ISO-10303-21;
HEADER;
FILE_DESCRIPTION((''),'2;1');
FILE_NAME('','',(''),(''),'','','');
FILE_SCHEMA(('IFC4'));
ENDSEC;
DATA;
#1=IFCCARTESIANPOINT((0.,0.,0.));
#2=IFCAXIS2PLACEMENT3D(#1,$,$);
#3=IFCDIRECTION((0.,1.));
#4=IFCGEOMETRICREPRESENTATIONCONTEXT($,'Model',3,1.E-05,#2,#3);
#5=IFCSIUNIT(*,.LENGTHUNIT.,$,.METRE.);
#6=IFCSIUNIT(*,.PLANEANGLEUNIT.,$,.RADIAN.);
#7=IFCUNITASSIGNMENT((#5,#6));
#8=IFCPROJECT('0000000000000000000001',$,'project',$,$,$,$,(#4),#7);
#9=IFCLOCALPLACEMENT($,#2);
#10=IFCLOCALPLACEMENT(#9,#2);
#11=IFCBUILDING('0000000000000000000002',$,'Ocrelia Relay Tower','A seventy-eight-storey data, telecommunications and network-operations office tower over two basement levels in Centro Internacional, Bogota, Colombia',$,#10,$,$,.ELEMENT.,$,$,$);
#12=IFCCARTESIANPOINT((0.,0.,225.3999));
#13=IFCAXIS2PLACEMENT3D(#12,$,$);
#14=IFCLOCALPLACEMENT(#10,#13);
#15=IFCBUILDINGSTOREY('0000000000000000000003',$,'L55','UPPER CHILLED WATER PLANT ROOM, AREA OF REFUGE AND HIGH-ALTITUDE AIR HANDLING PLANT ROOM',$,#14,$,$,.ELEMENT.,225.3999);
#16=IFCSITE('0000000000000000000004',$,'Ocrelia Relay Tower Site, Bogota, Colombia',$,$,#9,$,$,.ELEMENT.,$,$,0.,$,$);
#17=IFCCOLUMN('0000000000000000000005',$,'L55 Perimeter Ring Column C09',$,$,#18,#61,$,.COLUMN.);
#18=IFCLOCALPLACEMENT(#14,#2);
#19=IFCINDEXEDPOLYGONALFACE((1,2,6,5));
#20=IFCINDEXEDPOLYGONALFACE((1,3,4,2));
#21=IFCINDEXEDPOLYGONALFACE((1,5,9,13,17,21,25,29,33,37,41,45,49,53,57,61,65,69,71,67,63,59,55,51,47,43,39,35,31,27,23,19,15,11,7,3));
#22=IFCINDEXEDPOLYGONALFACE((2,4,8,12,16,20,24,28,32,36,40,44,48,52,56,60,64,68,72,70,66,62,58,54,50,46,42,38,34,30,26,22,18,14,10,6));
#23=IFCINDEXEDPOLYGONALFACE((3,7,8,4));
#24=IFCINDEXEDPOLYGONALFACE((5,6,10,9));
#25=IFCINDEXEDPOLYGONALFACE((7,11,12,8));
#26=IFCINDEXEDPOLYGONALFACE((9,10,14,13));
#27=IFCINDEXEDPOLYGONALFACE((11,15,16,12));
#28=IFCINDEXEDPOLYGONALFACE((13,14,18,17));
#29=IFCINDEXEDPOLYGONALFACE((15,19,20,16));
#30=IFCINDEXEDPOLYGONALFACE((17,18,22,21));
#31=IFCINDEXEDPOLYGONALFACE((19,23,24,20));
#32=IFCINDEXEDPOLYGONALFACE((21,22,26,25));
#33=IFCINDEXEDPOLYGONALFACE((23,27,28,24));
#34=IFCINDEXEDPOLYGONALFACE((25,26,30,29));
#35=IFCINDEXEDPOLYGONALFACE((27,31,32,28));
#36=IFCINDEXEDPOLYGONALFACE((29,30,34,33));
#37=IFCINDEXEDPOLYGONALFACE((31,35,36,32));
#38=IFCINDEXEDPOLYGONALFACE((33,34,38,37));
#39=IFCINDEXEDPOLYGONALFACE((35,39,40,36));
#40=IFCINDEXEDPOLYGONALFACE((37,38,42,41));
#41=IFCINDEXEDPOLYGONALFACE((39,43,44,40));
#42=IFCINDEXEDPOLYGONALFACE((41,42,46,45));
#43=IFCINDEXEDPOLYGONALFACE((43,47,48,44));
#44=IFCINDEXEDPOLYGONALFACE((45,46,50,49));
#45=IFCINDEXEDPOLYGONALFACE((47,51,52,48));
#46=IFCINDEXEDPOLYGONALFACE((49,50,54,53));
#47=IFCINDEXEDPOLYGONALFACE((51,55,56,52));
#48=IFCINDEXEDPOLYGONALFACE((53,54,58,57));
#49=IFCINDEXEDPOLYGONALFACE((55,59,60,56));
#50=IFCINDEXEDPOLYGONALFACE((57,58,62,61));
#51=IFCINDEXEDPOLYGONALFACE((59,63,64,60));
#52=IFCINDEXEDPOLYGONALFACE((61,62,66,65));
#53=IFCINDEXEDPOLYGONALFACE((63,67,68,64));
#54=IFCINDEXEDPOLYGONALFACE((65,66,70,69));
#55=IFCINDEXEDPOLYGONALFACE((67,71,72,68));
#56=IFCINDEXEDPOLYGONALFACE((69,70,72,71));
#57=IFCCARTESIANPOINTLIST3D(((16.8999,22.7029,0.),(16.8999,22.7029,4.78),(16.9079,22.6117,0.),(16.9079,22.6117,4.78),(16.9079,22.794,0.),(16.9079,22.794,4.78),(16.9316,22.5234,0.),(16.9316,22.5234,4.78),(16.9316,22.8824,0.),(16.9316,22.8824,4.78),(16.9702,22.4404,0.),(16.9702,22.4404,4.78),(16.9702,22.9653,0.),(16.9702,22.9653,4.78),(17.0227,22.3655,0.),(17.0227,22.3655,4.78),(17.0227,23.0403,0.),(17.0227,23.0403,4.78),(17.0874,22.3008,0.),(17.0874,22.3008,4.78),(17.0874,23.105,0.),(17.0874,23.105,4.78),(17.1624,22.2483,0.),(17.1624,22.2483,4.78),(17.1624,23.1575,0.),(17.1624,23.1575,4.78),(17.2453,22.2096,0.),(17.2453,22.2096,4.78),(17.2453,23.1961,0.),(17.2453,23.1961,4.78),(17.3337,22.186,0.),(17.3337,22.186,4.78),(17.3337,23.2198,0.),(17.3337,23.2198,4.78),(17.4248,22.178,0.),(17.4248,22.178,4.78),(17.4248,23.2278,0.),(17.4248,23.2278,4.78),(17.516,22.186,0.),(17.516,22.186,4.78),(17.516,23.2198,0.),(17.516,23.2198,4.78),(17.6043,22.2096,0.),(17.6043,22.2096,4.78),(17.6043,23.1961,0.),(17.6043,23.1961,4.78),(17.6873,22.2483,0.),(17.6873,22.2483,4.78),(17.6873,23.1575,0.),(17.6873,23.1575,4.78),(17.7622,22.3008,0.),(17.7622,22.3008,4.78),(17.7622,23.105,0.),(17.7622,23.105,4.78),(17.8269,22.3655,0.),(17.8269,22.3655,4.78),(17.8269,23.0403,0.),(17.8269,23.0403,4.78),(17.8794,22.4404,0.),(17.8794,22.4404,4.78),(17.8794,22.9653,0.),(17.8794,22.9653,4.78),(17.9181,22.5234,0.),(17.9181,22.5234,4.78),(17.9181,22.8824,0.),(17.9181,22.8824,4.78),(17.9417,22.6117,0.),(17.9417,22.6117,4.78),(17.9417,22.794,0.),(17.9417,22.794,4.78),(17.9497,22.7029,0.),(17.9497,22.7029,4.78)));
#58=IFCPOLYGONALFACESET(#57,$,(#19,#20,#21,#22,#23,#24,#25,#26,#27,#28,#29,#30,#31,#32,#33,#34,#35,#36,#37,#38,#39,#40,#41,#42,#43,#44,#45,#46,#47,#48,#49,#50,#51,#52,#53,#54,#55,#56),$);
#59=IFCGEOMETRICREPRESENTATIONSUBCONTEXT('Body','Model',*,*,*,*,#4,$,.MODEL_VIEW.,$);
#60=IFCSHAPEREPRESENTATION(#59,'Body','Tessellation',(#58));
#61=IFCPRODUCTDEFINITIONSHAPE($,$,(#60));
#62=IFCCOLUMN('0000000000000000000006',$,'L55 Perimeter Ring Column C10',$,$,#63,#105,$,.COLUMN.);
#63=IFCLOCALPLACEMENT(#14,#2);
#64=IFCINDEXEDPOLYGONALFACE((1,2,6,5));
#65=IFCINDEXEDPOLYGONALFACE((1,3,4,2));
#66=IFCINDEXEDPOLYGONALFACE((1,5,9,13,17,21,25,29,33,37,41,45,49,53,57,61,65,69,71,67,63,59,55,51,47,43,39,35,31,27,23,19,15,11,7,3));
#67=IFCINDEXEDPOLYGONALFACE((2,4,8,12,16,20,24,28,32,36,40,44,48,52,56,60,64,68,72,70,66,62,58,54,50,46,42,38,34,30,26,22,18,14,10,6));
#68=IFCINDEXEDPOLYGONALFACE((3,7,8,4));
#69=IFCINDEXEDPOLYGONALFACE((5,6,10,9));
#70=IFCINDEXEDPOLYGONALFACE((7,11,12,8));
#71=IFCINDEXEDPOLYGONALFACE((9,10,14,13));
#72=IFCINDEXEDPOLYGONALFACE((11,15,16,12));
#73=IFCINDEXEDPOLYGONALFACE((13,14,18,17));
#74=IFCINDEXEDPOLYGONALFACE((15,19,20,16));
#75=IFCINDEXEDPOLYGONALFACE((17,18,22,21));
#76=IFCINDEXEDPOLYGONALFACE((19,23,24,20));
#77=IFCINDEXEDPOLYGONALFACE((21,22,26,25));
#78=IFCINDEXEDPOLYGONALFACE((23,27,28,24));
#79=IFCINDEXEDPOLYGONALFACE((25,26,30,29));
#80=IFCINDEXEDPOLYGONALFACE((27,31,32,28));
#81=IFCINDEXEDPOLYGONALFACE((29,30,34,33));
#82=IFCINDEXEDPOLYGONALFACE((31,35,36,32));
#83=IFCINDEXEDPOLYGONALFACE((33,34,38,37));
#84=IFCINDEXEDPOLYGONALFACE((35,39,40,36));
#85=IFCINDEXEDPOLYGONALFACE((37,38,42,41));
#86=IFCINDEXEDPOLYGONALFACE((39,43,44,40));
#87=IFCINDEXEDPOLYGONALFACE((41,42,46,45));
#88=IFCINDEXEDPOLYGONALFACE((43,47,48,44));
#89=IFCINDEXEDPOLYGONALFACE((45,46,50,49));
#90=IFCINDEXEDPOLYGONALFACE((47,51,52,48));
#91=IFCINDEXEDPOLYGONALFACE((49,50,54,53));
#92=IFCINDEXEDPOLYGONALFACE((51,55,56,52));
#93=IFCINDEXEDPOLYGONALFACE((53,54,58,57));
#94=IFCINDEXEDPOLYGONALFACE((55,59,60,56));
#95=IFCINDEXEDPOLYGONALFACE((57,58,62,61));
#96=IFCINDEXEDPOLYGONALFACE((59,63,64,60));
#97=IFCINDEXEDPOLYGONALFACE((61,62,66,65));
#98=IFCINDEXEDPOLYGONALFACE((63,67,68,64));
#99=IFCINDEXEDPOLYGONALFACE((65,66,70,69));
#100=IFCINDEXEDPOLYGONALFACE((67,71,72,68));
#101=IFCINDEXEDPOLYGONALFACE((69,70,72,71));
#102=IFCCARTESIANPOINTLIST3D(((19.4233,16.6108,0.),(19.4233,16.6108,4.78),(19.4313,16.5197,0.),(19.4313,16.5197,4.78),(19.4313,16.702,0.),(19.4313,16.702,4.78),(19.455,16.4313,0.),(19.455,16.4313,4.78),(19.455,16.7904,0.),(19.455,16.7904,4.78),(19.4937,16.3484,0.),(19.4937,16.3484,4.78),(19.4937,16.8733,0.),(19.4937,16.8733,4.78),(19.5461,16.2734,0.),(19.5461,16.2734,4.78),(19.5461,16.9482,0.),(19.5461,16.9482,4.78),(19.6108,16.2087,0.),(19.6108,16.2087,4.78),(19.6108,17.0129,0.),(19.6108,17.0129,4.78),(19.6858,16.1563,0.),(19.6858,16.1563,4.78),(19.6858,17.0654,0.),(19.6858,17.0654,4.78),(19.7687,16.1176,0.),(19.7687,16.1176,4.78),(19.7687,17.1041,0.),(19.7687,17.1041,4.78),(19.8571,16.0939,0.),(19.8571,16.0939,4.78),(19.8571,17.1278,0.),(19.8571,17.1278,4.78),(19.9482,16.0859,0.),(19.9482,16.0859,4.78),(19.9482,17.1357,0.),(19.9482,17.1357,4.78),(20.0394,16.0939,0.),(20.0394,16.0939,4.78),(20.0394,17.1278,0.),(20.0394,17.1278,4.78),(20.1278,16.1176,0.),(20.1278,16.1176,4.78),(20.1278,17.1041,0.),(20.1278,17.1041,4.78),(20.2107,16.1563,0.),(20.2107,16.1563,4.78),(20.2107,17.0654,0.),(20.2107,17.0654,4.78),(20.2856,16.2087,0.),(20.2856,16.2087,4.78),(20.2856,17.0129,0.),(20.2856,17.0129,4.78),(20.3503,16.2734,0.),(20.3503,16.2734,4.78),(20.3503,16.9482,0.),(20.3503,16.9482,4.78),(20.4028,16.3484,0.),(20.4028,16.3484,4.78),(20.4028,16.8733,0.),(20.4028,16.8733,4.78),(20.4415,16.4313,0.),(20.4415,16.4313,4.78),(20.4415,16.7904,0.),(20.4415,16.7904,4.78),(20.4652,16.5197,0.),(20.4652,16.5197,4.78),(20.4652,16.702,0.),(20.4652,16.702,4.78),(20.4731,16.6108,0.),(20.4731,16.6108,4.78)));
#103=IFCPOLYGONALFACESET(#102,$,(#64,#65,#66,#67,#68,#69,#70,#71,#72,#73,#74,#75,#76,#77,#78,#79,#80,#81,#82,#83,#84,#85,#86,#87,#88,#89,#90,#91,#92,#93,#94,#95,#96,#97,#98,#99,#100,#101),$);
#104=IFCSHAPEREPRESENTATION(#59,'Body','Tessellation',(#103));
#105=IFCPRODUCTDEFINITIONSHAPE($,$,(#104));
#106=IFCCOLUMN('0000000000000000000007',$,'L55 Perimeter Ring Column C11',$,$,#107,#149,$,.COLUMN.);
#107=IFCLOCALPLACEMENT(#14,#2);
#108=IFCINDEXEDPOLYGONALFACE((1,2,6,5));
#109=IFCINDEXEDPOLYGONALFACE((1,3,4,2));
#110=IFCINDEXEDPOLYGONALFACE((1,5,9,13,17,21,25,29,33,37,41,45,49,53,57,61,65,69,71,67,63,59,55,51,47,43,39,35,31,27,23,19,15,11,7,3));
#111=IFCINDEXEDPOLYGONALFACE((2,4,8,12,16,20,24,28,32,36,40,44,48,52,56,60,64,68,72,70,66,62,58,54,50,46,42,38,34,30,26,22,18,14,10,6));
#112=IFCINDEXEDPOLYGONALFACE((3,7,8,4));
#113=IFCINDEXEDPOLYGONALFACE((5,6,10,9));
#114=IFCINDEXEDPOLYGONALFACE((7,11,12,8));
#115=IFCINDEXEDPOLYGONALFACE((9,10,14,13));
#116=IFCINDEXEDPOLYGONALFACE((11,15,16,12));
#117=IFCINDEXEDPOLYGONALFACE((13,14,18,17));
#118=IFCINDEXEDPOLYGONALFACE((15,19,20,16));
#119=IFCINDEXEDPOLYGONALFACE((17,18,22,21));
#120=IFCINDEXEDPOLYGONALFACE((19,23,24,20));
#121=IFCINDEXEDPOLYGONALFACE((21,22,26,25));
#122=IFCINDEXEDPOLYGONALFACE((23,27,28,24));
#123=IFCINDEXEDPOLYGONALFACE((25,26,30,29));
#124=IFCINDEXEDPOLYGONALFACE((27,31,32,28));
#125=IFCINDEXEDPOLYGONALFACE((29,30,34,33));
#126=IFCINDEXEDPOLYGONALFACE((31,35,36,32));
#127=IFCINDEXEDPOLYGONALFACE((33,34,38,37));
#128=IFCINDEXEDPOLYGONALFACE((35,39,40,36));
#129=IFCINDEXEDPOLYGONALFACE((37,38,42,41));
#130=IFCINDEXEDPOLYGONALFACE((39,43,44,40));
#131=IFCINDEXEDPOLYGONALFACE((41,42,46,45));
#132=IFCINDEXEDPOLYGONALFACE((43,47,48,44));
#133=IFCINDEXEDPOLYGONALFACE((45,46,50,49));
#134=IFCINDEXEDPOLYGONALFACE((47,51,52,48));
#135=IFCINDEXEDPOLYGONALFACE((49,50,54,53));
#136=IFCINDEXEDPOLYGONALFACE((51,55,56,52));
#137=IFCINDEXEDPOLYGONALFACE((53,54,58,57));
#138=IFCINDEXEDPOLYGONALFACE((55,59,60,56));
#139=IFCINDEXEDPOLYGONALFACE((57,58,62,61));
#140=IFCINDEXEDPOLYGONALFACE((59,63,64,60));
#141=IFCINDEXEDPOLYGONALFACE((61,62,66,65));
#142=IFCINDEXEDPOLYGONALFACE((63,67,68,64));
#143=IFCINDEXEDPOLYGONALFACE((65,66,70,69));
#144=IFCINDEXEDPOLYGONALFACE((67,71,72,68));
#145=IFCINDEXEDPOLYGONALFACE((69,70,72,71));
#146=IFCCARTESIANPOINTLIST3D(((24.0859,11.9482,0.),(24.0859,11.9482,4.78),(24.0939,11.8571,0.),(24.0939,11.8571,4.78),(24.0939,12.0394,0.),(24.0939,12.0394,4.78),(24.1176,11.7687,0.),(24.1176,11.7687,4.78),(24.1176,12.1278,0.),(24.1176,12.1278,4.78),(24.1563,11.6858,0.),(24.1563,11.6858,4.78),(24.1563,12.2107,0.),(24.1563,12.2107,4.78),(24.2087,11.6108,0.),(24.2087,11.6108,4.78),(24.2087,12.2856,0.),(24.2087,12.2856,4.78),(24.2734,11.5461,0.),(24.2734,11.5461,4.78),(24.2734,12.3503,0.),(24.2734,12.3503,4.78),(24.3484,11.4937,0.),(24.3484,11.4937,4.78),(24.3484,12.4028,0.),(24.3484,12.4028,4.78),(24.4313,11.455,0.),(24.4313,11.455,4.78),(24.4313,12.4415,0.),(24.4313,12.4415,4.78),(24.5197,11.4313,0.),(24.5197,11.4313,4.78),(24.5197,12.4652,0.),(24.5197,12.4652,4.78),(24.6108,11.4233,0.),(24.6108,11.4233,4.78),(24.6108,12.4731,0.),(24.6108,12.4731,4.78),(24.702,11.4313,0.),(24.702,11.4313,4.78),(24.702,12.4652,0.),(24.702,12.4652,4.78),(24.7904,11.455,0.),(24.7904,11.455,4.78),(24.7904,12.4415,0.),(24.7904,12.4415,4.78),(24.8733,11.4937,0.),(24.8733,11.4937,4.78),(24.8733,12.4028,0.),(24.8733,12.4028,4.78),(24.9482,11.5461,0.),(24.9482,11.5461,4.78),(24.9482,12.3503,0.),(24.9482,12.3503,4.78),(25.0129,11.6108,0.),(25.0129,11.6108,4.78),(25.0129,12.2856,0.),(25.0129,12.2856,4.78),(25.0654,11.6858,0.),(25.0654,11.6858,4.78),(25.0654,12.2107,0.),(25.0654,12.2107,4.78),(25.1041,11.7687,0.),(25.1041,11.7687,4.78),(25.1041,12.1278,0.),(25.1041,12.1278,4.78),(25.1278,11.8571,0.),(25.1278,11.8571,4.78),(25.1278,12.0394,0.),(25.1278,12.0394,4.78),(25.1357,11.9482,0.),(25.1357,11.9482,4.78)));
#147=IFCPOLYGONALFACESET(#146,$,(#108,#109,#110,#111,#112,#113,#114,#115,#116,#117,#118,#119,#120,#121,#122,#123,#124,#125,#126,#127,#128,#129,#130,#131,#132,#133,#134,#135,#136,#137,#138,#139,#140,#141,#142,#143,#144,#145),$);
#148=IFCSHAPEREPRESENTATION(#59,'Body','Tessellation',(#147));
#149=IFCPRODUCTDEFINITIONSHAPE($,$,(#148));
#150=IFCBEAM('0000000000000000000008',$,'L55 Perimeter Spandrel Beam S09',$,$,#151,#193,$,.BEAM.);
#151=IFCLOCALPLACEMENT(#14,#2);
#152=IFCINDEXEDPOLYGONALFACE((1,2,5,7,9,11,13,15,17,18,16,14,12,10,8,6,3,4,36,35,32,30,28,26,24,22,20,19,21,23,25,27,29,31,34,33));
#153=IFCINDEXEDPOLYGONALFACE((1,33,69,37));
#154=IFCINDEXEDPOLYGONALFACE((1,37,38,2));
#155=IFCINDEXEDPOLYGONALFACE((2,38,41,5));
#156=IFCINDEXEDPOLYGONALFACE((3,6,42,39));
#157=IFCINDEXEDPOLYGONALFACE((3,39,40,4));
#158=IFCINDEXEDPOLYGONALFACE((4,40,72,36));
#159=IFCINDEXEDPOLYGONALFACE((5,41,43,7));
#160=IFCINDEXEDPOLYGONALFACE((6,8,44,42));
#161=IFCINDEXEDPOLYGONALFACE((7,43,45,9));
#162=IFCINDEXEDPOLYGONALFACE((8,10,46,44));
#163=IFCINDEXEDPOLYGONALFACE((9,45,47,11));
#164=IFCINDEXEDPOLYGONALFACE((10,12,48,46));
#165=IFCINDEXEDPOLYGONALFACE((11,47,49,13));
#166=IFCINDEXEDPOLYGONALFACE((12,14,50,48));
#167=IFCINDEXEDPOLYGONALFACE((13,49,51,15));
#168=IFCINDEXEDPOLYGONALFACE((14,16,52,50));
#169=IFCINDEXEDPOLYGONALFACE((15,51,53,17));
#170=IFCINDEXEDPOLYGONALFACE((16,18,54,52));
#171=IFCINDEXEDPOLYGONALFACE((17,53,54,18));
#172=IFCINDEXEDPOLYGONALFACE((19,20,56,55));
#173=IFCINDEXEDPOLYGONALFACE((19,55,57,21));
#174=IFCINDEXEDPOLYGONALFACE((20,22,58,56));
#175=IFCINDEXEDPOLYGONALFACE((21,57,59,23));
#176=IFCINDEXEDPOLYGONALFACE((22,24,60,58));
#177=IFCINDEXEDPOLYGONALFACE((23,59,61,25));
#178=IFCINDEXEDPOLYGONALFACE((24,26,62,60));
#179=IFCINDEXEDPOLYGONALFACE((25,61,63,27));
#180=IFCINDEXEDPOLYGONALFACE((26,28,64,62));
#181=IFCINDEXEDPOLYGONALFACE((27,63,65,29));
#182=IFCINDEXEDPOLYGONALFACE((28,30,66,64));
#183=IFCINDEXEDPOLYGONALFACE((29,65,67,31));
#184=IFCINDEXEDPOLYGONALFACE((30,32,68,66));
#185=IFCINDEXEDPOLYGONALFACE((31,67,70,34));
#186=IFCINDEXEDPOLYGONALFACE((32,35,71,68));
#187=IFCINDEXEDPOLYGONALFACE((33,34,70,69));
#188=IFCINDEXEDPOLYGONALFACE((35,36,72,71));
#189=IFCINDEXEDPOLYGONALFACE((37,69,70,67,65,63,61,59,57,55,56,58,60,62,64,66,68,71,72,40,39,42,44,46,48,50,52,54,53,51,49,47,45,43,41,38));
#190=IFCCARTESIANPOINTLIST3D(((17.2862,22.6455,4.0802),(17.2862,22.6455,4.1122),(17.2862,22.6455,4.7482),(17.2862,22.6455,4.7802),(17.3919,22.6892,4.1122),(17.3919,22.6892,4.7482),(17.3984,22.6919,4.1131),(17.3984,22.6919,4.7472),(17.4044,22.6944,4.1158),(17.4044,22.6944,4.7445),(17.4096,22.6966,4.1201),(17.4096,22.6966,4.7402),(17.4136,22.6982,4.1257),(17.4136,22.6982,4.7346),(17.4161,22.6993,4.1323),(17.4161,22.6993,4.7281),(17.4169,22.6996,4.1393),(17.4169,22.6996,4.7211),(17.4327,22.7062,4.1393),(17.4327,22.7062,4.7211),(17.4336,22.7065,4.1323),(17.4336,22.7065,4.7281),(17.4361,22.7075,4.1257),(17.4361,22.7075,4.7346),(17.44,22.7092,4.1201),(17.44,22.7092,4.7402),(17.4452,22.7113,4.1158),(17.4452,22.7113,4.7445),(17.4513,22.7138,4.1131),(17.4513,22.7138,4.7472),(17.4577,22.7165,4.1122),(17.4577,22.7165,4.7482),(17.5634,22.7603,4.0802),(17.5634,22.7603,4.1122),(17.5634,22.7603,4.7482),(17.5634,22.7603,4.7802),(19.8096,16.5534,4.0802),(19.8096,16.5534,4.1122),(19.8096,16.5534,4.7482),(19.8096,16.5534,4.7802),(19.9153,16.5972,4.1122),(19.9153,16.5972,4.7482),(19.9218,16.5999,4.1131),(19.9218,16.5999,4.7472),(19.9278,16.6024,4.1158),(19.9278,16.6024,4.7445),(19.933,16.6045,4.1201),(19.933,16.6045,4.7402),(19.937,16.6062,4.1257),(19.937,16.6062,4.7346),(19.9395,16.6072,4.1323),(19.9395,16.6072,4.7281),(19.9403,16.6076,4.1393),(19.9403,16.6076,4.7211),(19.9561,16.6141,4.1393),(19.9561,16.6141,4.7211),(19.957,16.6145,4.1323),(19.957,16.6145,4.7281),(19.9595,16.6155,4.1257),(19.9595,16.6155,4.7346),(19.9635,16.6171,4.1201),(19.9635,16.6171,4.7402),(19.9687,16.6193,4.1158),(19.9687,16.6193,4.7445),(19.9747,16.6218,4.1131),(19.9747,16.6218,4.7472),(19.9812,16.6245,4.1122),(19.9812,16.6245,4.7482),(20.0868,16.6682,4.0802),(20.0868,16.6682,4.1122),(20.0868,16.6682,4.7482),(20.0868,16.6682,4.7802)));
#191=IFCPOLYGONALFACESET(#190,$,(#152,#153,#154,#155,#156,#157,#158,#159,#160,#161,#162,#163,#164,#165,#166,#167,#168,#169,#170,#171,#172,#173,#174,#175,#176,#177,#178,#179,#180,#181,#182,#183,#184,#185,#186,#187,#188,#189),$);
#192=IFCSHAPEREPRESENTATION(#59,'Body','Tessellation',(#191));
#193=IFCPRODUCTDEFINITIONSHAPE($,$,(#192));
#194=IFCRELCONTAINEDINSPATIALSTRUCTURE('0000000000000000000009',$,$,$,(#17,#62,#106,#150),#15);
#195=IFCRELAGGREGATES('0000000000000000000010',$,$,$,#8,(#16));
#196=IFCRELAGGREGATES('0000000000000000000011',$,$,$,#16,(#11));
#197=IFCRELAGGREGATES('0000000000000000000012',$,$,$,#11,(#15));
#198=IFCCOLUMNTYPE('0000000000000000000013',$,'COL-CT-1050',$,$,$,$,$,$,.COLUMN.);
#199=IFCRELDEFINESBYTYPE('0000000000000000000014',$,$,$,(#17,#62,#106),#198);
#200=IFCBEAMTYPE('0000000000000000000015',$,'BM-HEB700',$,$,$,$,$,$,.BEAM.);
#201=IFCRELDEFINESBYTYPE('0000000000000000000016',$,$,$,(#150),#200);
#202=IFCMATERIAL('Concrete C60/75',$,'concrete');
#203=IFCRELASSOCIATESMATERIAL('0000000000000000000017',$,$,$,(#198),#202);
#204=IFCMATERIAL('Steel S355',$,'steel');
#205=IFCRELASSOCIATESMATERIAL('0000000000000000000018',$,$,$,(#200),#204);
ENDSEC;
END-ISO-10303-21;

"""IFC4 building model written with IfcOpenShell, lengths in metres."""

from ifc_helpers import new_model, si_unit, direction, frame, origin, origin_2d, place, context, subcontext, project, spatial, circle, i_section, extrude, material, material_profile, profile_set, type_object, element, save


model = new_model("IFC4")

# Units and contexts
model_context = context("Model", 3, precision=1e-05, world=origin(), true_north=direction((0.0, 1.0)))
body_context = subcontext(model_context, "Body", "Model", "MODEL_VIEW")
ifc_project = project(units=[si_unit("LENGTHUNIT", "METRE"), si_unit("PLANEANGLEUNIT", "RADIAN")], contexts=[model_context])

# Site, building, storey
site_placement = place(None, origin())
site = spatial("IfcSite", under=ifc_project, at=site_placement, Name="Ocrelia Relay Tower Site, Bogota, Colombia", CompositionType="ELEMENT", RefElevation=0.0)
building_placement = place(site_placement, origin())
building = spatial("IfcBuilding", under=site, at=building_placement, Name="Ocrelia Relay Tower", Description="A seventy-eight-storey data, telecommunications and network-operations office tower over two basement levels in Centro Internacional, Bogota, Colombia", CompositionType="ELEMENT")
storey_placement = place(building_placement, frame((0.0, 0.0, 225.3999)))
storey = spatial("IfcBuildingStorey", under=building, at=storey_placement, Name="L55", Description="UPPER CHILLED WATER PLANT ROOM, AREA OF REFUGE AND HIGH-ALTITUDE AIR HANDLING PLANT ROOM", CompositionType="ELEMENT", Elevation=225.3999)

# Columns
ifc_material_1 = material(Name="Concrete C60/75", Category="concrete")
ifc_material_profile_1 = material_profile(ifc_material_1, circle(Radius=0.5249, at=origin_2d()), Name="RC-CIR-1050")
ifc_profile_set_1 = profile_set([ifc_material_profile_1], Name="Concrete C60/75")
column_type = type_object("IfcColumnType", Name="COL-CT-1050", PredefinedType="COLUMN", material=ifc_profile_set_1)
for number, where, z_axis, x_axis, name in (
    (1, (17.4248, 22.7029, 0.0), (0.0, 0.0, 1.0), (1.0, 0.0, 0.0), "L55 Perimeter Ring Column C09"),
    (2, (19.9482, 16.6108, 0.0), (0.0, 0.0, 1.0), (1.0, 0.0, 0.0), "L55 Perimeter Ring Column C10"),
    (3, (24.6108, 11.9482, 0.0), (0.0, 0.0, 1.0), (1.0, 0.0, 0.0), "L55 Perimeter Ring Column C11"),
):
    element("IfcColumn", number, at=place(storey_placement, frame(where, z_axis=z_axis, x_axis=x_axis)), inside=storey, type_object=column_type, Name=name, PredefinedType="COLUMN", context=body_context, shape_type="SweptSolid", body=[
        extrude(circle(Radius=0.5249, at=origin_2d()), origin(), (0.0, 0.0, 1.0), 4.78),
    ])

# Beam
ifc_material_2 = material(Name="Steel S355", Category="steel")
ifc_material_profile_2 = material_profile(ifc_material_2, i_section(OverallWidth=0.3, OverallDepth=0.7, WebThickness=0.0171, FlangeThickness=0.032, FilletRadius=0.0271, at=origin_2d()), Name="HEB 700")
ifc_profile_set_2 = profile_set([ifc_material_profile_2], Name="Steel S355")
beam_type_1 = type_object("IfcBeamType", Name="BM-HEB700", PredefinedType="BEAM", material=ifc_profile_set_2)
for number, where, z_axis, x_axis, name in (
    (4, (17.4248, 22.7029, 4.4302), (0.382688, -0.923878, 0.0), (0.923878, 0.382688, 0.0), "L55 Perimeter Spandrel Beam S09"),
):
    element("IfcBeam", number, at=place(storey_placement, frame(where, z_axis=z_axis, x_axis=x_axis)), inside=storey, type_object=beam_type_1, Name=name, PredefinedType="BEAM", context=body_context, shape_type="SweptSolid", body=[
        extrude(i_section(OverallWidth=0.3, OverallDepth=0.7, WebThickness=0.0171, FlangeThickness=0.032, FilletRadius=0.0271, at=origin_2d()), origin(), (0.0, 0.0, 1.0), 6.594),
    ])

save(model, "model.ifc")
